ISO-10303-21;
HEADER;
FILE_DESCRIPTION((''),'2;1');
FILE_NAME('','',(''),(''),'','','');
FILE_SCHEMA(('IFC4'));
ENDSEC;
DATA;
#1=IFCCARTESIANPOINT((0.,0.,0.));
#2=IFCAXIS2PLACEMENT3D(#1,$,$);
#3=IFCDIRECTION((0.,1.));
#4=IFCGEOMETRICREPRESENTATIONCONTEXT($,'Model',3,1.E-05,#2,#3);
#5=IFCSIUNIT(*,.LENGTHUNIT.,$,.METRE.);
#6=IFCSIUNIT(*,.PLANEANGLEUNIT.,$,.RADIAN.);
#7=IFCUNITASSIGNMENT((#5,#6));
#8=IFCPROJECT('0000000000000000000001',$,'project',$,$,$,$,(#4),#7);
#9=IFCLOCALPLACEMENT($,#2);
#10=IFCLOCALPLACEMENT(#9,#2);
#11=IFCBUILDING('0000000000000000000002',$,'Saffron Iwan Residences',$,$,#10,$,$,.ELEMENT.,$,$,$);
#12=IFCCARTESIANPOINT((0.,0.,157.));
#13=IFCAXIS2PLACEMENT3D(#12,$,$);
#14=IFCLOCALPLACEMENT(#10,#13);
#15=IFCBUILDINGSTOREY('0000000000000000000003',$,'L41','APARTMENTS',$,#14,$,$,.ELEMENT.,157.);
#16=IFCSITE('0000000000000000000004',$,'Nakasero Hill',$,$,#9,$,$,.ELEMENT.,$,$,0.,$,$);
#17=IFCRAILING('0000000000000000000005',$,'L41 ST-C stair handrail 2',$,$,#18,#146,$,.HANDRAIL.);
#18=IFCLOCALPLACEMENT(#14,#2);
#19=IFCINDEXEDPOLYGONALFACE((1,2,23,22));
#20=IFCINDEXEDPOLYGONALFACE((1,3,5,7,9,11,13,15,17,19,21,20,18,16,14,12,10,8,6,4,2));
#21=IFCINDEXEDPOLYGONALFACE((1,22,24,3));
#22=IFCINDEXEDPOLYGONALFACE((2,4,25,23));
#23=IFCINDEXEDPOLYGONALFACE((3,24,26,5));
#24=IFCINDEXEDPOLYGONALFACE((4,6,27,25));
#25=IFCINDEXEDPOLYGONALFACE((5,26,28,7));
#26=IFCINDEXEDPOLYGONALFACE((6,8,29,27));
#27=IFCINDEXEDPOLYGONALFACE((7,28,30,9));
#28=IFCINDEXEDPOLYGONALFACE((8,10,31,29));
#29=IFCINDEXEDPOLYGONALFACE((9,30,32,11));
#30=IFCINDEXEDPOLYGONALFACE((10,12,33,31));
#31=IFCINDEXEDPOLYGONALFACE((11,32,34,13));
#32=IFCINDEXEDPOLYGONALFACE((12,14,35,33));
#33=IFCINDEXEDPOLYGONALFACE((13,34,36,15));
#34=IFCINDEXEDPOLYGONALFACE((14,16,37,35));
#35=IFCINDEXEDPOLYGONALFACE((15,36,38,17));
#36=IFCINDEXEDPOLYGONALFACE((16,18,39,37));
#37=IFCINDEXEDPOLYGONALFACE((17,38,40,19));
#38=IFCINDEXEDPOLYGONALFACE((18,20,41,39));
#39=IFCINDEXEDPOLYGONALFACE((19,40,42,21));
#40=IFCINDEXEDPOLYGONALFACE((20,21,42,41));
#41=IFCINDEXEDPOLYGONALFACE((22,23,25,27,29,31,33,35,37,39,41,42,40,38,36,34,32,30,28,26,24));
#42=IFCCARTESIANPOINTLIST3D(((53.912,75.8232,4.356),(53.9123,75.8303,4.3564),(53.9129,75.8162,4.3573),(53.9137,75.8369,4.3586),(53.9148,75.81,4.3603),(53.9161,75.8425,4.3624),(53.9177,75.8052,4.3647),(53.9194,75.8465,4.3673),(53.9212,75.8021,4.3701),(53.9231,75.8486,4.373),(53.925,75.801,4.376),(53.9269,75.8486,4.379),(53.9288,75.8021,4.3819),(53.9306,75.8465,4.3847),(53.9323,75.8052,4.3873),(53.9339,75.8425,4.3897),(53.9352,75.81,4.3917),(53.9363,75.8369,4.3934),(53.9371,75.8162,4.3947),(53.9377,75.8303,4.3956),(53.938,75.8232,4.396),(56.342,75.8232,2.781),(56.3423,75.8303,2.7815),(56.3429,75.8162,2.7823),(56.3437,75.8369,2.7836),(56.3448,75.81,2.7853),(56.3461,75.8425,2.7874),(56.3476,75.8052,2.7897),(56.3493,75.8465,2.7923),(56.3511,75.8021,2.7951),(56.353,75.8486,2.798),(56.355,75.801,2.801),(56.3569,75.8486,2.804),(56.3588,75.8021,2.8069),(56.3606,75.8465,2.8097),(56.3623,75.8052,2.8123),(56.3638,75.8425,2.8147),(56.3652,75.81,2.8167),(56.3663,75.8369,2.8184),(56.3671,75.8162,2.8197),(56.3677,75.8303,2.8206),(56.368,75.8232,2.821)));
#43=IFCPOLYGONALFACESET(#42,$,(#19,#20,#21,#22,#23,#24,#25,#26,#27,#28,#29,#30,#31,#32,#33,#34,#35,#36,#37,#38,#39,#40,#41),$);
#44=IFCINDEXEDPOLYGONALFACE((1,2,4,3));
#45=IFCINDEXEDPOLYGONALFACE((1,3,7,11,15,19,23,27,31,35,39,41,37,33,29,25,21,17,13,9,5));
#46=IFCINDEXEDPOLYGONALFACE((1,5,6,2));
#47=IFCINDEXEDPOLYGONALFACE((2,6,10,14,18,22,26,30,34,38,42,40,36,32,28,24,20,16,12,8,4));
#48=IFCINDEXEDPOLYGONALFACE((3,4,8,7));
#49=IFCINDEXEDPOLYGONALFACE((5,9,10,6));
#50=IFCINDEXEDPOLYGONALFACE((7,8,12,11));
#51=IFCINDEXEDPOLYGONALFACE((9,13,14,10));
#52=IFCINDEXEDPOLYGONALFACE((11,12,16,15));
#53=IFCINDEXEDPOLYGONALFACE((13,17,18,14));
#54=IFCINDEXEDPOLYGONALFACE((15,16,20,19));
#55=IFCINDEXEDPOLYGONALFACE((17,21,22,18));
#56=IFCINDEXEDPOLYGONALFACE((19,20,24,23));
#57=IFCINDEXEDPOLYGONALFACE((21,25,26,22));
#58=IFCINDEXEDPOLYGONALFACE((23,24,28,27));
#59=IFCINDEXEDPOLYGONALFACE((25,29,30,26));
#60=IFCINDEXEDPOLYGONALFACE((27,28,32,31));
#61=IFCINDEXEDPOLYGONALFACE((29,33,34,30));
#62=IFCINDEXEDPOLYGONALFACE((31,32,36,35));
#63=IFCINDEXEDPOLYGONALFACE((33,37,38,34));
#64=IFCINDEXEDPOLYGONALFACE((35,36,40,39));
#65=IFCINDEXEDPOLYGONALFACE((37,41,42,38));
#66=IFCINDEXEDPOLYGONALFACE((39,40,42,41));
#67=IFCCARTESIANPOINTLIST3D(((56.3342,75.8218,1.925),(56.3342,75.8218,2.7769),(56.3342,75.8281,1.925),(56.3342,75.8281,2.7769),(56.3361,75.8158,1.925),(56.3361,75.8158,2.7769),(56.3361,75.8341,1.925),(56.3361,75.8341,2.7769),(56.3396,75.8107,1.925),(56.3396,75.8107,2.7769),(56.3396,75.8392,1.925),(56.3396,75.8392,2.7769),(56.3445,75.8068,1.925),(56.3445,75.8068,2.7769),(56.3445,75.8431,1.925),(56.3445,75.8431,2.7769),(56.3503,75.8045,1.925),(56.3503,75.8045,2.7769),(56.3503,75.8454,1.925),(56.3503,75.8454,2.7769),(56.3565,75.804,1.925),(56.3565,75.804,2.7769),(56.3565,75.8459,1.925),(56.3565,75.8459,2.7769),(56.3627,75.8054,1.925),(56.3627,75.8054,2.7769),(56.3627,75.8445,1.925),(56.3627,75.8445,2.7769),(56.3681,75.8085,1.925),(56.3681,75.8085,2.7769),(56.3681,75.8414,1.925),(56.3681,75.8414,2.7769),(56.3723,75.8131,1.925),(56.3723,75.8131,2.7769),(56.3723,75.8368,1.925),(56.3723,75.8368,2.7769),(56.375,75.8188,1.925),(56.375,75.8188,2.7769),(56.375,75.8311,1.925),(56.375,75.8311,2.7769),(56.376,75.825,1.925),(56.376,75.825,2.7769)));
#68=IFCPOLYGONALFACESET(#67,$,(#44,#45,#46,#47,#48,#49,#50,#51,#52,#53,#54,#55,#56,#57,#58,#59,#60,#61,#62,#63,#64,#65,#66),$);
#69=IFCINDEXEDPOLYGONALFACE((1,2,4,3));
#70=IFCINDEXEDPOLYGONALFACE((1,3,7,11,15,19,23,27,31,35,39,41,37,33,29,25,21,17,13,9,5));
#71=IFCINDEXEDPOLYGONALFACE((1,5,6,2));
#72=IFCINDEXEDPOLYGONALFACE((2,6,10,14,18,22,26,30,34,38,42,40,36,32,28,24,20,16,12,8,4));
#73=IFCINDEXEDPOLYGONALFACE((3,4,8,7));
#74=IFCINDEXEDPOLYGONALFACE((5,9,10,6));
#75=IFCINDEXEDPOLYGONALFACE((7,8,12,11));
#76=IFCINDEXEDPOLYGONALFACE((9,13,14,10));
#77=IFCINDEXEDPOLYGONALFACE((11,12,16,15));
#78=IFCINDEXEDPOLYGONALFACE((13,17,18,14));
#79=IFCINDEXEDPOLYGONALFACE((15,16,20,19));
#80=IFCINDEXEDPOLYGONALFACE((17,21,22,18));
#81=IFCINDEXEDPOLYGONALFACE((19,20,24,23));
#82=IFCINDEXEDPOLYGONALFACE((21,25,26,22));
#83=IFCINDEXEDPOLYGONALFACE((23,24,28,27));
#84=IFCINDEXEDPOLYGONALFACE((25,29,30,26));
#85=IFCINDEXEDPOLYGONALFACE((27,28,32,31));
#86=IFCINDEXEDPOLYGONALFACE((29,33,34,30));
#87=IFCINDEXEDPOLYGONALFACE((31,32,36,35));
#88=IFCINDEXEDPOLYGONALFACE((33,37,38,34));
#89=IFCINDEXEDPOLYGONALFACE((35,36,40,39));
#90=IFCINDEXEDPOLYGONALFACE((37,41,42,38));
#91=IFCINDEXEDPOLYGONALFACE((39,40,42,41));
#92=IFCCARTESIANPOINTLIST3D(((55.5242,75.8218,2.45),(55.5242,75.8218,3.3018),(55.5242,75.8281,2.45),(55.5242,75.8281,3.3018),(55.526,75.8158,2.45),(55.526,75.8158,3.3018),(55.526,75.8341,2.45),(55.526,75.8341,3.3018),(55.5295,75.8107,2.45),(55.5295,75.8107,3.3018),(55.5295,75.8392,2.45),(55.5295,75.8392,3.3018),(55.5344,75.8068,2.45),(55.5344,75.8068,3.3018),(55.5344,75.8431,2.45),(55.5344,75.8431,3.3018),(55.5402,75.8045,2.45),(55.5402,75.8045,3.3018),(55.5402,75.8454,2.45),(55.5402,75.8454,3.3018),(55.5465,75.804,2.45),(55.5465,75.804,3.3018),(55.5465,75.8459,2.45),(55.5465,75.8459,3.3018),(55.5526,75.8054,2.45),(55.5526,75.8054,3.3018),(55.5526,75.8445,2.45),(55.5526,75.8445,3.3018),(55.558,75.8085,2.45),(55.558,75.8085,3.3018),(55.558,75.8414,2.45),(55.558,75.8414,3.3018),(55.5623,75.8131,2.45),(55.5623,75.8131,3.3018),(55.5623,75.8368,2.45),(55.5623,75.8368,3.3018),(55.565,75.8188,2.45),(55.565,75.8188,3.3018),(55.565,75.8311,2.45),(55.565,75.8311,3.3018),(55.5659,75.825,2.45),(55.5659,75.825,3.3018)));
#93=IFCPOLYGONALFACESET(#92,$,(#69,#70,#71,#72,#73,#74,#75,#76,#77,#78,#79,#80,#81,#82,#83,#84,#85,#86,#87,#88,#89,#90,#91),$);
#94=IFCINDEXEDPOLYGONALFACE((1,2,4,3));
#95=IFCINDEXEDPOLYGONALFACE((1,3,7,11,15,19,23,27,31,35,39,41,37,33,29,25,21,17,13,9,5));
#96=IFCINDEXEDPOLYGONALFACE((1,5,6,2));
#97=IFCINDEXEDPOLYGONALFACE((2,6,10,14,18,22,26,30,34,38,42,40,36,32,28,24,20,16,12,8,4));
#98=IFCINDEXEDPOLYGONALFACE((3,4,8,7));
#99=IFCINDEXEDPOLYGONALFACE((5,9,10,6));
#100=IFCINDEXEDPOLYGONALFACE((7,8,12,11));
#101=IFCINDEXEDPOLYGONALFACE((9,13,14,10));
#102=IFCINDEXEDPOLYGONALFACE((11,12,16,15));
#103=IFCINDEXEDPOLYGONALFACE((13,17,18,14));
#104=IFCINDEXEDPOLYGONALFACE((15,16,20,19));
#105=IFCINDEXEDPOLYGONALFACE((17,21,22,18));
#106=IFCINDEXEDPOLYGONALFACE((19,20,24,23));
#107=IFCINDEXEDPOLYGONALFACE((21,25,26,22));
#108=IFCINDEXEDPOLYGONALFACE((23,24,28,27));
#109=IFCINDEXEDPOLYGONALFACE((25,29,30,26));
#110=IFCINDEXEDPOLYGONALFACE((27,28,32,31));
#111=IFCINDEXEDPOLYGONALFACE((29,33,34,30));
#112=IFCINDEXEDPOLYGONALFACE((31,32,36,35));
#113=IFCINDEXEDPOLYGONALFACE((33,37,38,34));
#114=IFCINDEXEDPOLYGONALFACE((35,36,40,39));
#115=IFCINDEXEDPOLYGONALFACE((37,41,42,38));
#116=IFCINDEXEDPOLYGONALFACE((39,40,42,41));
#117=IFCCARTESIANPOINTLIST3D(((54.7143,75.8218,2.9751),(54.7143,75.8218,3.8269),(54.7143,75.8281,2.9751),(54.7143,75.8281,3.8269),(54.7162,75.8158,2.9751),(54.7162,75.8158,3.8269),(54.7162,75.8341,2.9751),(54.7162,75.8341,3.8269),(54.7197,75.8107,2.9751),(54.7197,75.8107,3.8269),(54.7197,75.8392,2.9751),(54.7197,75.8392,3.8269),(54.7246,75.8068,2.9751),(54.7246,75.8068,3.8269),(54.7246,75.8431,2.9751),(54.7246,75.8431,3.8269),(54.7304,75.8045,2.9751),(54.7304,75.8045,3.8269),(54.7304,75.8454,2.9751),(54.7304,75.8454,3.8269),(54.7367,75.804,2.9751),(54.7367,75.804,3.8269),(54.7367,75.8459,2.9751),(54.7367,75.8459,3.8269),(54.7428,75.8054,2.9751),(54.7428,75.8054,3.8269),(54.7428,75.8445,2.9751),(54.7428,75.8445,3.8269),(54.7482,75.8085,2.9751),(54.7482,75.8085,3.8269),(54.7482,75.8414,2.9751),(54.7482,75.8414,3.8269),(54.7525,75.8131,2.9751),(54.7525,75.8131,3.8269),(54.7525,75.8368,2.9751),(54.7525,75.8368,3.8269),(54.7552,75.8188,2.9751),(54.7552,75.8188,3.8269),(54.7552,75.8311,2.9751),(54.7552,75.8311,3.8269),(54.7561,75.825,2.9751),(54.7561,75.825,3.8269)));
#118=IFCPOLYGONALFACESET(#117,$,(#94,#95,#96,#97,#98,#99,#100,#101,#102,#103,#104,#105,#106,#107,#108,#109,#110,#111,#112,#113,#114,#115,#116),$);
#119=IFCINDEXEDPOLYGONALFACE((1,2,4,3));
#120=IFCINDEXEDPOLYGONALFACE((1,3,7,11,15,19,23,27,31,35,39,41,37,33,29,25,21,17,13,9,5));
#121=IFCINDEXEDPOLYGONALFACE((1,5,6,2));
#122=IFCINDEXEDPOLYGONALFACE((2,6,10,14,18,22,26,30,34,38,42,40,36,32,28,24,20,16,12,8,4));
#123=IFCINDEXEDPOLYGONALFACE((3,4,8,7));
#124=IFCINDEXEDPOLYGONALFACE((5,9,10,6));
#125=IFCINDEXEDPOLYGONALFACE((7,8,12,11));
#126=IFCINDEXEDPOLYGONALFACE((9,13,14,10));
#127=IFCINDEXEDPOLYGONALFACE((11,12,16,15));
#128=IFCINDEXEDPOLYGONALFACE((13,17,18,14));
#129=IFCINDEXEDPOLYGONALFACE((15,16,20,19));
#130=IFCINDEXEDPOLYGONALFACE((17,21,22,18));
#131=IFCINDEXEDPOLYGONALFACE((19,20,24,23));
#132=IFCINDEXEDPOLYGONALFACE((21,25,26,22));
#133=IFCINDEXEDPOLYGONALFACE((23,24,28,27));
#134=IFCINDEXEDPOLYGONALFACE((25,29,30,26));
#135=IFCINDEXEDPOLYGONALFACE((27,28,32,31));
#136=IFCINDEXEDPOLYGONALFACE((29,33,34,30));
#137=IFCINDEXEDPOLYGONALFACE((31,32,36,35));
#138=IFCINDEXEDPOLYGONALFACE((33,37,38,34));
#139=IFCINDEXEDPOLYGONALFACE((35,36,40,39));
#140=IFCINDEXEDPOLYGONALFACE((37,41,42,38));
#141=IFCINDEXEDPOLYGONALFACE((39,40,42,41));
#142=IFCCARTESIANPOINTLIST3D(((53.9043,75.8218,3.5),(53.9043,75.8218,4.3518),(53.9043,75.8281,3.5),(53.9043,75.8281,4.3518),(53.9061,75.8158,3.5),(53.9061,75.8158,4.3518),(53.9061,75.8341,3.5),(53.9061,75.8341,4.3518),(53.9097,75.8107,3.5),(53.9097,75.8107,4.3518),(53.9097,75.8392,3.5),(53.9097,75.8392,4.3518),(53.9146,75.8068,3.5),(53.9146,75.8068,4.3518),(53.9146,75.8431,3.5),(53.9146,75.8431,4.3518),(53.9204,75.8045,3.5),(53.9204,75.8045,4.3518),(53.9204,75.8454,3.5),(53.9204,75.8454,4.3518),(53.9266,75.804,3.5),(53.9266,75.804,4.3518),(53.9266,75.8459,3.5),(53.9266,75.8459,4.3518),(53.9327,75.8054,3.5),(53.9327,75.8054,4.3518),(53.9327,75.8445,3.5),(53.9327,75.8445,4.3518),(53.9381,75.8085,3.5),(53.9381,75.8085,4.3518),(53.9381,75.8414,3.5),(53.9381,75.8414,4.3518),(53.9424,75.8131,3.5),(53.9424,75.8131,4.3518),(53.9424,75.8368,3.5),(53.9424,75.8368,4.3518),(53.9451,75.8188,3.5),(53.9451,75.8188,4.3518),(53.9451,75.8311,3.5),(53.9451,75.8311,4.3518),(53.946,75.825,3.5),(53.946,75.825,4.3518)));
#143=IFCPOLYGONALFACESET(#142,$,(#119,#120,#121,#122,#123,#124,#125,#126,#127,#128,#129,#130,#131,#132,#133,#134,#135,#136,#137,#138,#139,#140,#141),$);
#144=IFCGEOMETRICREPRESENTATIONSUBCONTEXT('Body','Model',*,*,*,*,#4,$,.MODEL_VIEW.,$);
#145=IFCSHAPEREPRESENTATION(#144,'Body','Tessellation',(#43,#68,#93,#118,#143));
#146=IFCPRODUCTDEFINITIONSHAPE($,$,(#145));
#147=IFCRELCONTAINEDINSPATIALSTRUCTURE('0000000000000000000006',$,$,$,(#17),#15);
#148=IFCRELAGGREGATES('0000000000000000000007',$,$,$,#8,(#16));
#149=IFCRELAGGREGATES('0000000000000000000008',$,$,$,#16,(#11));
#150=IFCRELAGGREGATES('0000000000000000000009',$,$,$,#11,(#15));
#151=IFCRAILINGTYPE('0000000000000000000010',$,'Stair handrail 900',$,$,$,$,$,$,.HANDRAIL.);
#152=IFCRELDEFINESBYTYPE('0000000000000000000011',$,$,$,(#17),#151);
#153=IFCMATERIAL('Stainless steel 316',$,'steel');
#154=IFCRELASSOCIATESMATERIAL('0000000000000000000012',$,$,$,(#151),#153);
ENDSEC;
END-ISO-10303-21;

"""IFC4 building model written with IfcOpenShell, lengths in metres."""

from ifc_helpers import new_model, si_unit, direction, frame, origin, origin_2d, place, context, subcontext, project, spatial, circle, extrude, material, type_object, element, save


model = new_model("IFC4")

# Units and contexts
model_context = context("Model", 3, precision=1e-05, world=origin(), true_north=direction((0.0, 1.0)))
body_context = subcontext(model_context, "Body", "Model", "MODEL_VIEW")
ifc_project = project(units=[si_unit("LENGTHUNIT", "METRE"), si_unit("PLANEANGLEUNIT", "RADIAN")], contexts=[model_context])

# Site, building, storey
site_placement = place(None, origin())
site = spatial("IfcSite", under=ifc_project, at=site_placement, Name="Nakasero Hill", CompositionType="ELEMENT", RefElevation=0.0)
building_placement = place(site_placement, origin())
building = spatial("IfcBuilding", under=site, at=building_placement, Name="Saffron Iwan Residences", CompositionType="ELEMENT")
storey_placement = place(building_placement, frame((0.0, 0.0, 157.0)))
storey = spatial("IfcBuildingStorey", under=building, at=storey_placement, Name="L41", Description="APARTMENTS", CompositionType="ELEMENT", Elevation=157.0)

# Railing
ifc_material_1 = material(Name="Stainless steel 316", Category="steel")
railing_type = type_object("IfcRailingType", Name="Stair handrail 900", PredefinedType="HANDRAIL", material=ifc_material_1)
railing_1_placement = place(storey_placement, frame((56.355, 75.825, 1.925)))
element("IfcRailing", 1, at=railing_1_placement, inside=storey, type_object=railing_type, Name="L41 ST-C stair handrail 2", PredefinedType="HANDRAIL", context=body_context, shape_type="SweptSolid", body=[
    extrude(circle(Radius=0.0239, at=origin_2d()), frame((0.0, 0.0, 0.876), z_axis=(-0.839154, 0.0, 0.543894), x_axis=(0.0, -1.0, 0.0)), (0.0, 0.0, 1.0), 2.8958),
    extrude(circle(Radius=0.021, at=origin_2d()), origin(), (0.0, 0.0, 1.0), 0.8518),
    extrude(circle(Radius=0.021, at=origin_2d()), frame((-0.8101, 0.0, 0.5249)), (0.0, 0.0, 1.0), 0.8518),
    extrude(circle(Radius=0.021, at=origin_2d()), frame((-1.6199, 0.0, 1.05)), (0.0, 0.0, 1.0), 0.8518),
    extrude(circle(Radius=0.021, at=origin_2d()), frame((-2.4299, 0.0, 1.575)), (0.0, 0.0, 1.0), 0.8518),
])

save(model, "model.ifc")
